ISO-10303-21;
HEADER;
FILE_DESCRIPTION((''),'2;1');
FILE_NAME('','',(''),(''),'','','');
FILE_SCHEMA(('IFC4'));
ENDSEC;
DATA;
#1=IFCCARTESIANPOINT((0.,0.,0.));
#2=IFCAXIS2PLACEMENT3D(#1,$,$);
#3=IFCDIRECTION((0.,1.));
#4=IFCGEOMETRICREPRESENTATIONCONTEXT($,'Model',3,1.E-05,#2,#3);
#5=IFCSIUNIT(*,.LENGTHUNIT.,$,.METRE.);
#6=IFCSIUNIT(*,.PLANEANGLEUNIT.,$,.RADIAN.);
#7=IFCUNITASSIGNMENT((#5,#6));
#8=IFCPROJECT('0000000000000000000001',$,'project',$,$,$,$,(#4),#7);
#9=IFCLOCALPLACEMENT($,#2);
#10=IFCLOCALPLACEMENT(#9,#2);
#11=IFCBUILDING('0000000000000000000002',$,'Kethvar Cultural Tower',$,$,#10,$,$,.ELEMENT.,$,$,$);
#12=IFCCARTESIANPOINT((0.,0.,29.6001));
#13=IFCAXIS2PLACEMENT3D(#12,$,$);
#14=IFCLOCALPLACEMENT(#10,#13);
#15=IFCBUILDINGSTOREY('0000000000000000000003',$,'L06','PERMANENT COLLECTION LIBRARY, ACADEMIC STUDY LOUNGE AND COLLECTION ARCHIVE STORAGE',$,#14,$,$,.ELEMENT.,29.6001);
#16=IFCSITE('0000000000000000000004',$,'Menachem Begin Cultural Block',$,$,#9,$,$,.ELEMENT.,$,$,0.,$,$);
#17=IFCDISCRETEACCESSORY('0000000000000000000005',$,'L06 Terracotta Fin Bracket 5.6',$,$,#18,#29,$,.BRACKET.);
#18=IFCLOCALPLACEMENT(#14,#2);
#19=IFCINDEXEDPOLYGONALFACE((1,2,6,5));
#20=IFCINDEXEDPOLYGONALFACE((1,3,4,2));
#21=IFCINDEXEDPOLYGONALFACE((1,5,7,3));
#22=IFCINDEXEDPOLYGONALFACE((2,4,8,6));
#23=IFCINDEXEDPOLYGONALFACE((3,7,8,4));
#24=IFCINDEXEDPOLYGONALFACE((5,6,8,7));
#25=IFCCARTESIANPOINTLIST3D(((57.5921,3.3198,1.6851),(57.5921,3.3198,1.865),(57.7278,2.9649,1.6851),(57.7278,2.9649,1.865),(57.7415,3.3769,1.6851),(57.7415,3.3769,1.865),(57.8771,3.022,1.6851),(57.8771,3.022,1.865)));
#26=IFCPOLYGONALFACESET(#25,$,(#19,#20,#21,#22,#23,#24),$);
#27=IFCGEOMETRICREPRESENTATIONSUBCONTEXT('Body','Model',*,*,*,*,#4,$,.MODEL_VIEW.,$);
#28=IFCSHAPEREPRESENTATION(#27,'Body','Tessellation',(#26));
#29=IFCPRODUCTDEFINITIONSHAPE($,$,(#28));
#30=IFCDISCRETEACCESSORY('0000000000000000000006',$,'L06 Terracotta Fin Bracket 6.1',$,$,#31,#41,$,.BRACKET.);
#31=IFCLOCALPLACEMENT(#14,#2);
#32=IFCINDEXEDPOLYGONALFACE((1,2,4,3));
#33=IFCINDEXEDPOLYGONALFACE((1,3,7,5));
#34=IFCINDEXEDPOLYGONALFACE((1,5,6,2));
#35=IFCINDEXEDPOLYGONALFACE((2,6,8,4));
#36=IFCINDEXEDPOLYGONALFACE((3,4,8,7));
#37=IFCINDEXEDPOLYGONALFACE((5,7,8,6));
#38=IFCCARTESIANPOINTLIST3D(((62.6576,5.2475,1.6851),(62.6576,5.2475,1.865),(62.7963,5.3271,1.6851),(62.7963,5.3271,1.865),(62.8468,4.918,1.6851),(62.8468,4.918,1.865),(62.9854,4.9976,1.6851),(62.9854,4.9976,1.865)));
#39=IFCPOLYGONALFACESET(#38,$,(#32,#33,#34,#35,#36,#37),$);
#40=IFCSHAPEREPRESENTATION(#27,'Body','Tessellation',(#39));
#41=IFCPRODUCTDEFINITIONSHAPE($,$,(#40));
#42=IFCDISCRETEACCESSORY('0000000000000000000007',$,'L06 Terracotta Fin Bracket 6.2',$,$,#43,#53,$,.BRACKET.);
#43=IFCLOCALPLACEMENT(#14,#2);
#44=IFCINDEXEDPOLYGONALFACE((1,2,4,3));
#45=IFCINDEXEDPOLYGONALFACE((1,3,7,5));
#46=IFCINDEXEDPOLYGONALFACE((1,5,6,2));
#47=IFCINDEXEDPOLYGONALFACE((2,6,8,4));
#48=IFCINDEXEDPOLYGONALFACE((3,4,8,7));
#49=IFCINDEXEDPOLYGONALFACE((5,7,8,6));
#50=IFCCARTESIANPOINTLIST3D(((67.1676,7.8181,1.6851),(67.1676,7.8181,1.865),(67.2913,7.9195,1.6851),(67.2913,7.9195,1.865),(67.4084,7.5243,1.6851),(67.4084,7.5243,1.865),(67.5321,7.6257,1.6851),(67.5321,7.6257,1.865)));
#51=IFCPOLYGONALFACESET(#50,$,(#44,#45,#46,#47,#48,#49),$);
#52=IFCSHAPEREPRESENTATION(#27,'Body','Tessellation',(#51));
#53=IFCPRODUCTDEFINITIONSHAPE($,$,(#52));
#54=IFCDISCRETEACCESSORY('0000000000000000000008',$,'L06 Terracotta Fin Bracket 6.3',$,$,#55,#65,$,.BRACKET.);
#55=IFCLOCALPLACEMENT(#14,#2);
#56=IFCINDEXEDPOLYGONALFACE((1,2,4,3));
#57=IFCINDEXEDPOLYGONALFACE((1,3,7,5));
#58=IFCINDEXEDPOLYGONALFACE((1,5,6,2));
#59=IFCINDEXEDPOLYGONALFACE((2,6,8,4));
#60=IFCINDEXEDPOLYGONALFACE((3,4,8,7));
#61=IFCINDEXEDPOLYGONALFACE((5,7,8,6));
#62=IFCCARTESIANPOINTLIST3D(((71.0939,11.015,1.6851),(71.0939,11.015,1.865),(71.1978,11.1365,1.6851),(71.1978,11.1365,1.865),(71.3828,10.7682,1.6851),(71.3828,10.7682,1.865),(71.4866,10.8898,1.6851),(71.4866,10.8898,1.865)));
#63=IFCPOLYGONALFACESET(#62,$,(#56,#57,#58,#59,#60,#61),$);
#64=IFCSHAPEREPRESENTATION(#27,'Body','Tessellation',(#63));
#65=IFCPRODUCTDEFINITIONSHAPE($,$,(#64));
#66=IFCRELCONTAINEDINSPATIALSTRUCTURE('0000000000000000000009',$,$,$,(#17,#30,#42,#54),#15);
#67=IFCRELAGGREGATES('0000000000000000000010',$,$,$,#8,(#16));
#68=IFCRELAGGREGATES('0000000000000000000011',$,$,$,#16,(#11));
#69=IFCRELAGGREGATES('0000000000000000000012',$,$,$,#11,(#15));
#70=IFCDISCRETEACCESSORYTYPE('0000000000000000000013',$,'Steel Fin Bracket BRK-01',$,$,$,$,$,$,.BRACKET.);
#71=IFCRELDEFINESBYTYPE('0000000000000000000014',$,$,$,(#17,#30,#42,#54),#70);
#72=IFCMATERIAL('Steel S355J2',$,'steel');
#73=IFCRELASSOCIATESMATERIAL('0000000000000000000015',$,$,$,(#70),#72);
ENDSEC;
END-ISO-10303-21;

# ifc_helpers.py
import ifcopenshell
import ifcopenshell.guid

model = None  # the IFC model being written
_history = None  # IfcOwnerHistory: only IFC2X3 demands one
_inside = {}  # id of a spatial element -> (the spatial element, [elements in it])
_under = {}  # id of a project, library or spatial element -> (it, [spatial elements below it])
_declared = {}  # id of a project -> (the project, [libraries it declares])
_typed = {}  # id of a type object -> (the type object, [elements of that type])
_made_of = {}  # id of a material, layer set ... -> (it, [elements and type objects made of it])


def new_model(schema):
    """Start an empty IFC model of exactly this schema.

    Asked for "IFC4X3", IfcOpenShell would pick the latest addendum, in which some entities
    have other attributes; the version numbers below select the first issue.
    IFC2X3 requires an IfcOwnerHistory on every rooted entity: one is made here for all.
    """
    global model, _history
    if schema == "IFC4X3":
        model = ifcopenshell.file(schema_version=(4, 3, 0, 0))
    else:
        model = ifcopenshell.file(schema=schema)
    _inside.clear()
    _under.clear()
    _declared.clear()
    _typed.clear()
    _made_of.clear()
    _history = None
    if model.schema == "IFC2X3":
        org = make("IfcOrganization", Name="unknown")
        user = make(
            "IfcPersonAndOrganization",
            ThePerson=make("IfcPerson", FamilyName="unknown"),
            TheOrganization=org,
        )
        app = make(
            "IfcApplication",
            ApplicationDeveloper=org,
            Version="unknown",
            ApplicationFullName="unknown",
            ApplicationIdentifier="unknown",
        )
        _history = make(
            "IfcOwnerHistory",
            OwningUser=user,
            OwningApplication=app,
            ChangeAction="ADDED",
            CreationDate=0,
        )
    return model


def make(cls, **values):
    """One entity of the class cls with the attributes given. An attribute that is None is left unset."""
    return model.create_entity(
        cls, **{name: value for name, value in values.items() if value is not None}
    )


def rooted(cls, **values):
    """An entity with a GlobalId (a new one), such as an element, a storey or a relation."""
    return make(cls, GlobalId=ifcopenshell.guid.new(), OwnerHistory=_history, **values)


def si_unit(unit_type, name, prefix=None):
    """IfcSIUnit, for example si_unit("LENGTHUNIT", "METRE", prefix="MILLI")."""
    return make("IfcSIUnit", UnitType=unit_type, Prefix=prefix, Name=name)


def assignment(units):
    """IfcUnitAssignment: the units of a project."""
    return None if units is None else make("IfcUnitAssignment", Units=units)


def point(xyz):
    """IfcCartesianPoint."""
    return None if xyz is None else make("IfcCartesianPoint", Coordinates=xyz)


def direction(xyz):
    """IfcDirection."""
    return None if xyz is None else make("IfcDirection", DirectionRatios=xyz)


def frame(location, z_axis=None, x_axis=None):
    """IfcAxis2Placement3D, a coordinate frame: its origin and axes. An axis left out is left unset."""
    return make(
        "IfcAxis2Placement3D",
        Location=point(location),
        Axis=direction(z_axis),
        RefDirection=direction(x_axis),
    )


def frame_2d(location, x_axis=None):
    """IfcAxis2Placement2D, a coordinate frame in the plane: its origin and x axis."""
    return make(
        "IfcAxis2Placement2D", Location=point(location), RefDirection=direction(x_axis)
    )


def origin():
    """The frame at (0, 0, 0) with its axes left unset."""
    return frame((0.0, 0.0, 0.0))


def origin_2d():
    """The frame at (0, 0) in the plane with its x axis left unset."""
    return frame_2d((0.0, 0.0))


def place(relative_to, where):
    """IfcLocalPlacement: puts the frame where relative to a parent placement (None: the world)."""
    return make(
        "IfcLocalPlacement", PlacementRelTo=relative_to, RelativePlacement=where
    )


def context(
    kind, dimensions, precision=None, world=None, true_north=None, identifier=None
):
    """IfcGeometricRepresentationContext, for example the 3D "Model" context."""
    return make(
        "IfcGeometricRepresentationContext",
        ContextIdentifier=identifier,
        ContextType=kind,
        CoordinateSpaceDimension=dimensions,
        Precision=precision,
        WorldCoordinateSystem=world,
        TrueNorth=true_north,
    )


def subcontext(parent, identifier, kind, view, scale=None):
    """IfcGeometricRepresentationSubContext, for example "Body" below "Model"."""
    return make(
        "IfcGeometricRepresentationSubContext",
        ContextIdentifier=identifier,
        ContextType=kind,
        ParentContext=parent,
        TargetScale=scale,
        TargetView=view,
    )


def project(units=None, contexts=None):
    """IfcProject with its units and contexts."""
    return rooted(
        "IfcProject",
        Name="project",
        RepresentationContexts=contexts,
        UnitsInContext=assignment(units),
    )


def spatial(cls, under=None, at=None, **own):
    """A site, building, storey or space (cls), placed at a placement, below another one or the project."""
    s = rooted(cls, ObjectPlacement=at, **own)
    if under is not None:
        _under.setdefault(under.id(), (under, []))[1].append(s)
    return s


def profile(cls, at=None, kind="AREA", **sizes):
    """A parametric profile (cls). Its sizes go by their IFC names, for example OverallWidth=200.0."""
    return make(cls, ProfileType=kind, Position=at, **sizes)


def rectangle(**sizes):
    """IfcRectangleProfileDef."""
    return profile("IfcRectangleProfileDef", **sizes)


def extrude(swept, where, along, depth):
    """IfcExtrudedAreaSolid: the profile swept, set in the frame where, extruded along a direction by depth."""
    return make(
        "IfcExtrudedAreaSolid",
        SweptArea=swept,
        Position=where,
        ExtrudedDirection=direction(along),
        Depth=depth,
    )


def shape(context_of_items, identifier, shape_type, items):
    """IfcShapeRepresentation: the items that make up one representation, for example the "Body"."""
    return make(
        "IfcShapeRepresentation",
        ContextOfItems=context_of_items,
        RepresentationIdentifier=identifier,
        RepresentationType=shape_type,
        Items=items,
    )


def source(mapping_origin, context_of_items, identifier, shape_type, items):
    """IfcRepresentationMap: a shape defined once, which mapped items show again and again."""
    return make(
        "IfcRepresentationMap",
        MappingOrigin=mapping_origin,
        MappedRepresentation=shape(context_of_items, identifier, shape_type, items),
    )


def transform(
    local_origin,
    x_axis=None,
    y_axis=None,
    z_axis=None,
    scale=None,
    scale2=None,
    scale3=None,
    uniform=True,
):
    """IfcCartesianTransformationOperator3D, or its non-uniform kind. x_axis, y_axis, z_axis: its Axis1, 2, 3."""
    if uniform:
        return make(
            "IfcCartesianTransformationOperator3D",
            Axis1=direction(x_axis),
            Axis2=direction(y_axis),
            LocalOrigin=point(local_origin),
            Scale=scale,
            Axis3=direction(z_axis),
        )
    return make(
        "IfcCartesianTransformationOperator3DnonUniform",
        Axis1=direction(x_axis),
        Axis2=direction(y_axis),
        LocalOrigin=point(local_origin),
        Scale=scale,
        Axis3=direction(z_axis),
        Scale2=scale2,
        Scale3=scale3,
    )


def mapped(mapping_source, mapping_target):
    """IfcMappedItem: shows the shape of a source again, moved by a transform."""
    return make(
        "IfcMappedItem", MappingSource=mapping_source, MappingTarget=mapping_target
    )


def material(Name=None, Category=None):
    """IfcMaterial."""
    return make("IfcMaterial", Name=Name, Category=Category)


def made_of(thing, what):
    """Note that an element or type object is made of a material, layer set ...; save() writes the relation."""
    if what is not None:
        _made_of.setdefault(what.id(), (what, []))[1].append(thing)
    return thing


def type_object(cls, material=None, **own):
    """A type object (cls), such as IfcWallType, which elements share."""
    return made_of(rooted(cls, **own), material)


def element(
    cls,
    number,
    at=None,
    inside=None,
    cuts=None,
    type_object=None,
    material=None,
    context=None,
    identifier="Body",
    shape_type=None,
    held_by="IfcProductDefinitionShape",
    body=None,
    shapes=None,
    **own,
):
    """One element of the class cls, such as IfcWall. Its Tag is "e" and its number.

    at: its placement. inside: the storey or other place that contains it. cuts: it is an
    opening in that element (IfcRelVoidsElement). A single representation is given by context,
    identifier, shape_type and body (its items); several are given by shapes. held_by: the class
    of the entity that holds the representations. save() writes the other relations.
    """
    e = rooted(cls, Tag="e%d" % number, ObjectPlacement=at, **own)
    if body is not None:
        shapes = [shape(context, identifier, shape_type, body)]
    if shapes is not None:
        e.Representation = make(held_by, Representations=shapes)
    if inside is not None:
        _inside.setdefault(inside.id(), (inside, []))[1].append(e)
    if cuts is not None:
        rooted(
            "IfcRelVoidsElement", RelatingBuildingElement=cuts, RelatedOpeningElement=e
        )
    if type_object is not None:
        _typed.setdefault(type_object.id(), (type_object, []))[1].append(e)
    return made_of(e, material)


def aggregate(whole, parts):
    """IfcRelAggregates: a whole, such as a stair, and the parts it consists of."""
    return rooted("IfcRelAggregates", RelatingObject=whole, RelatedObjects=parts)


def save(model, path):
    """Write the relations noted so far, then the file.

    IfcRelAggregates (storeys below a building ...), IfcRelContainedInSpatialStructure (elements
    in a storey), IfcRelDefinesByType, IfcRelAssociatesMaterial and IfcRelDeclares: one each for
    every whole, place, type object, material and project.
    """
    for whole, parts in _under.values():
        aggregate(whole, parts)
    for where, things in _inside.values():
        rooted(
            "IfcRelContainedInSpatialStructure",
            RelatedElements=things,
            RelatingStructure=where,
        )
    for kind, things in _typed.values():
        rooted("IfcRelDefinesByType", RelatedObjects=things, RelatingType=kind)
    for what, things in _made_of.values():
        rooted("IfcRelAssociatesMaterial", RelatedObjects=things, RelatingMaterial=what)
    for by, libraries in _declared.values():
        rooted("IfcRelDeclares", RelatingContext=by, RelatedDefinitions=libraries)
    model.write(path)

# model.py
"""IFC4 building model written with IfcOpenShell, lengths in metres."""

from ifc_helpers import new_model, si_unit, direction, frame, origin, origin_2d, place, context, subcontext, project, spatial, rectangle, extrude, source, transform, mapped, material, type_object, element, save


model = new_model("IFC4")

# Units and contexts
model_context = context("Model", 3, precision=1e-05, world=origin(), true_north=direction((0.0, 1.0)))
body_context = subcontext(model_context, "Body", "Model", "MODEL_VIEW")
ifc_project = project(units=[si_unit("LENGTHUNIT", "METRE"), si_unit("PLANEANGLEUNIT", "RADIAN")], contexts=[model_context])

# Site, building, storey
site_placement = place(None, origin())
site = spatial("IfcSite", under=ifc_project, at=site_placement, Name="Menachem Begin Cultural Block", CompositionType="ELEMENT", RefElevation=0.0)
building_placement = place(site_placement, origin())
building = spatial("IfcBuilding", under=site, at=building_placement, Name="Kethvar Cultural Tower", CompositionType="ELEMENT")
storey_placement = place(building_placement, frame((0.0, 0.0, 29.6001)))
storey = spatial("IfcBuildingStorey", under=building, at=storey_placement, Name="L06", Description="PERMANENT COLLECTION LIBRARY, ACADEMIC STUDY LOUNGE AND COLLECTION ARCHIVE STORAGE", CompositionType="ELEMENT", Elevation=29.6001)

# Shared definitions
ifc_material_1 = material(Name="Steel S355J2", Category="steel")

# Discrete accessories
discrete_accessory_type = type_object("IfcDiscreteAccessoryType", Name="Steel Fin Bracket BRK-01", PredefinedType="BRACKET", material=ifc_material_1)
shared_shape_1 = source(origin(), body_context, "Body", "SweptSolid", [
    extrude(rectangle(XDim=0.3799, YDim=0.1599, at=origin_2d()), origin(), (0.0, 0.0, 1.0), 0.1799),
])
for number, where, z_axis, x_axis, name in (
    (1, (57.7346, 3.1709, 1.6851), (0.0, 0.0, 1.0), (0.357064, -0.93408, 0.0), "L06 Terracotta Fin Bracket 5.6"),
    (2, (62.8215, 5.1226, 1.6851), (0.0, 0.0, 1.0), (0.497882, -0.867245, 0.0), "L06 Terracotta Fin Bracket 6.1"),
    (3, (67.3499, 7.7219, 1.6851), (0.0, 0.0, 1.0), (0.633921, -0.773398, 0.0), "L06 Terracotta Fin Bracket 6.2"),
    (4, (71.2903, 10.9524, 1.6851), (0.0, 0.0, 1.0), (0.760406, -0.649448, 0.0), "L06 Terracotta Fin Bracket 6.3"),
):
    element("IfcDiscreteAccessory", number, at=place(storey_placement, frame(where, z_axis=z_axis, x_axis=x_axis)), inside=storey, type_object=discrete_accessory_type, Name=name, PredefinedType="BRACKET", context=body_context, shape_type="MappedRepresentation", body=[
        mapped(shared_shape_1, transform((0.0, 0.0, 0.0), scale=1.0)),
    ])

save(model, "model.ifc")
